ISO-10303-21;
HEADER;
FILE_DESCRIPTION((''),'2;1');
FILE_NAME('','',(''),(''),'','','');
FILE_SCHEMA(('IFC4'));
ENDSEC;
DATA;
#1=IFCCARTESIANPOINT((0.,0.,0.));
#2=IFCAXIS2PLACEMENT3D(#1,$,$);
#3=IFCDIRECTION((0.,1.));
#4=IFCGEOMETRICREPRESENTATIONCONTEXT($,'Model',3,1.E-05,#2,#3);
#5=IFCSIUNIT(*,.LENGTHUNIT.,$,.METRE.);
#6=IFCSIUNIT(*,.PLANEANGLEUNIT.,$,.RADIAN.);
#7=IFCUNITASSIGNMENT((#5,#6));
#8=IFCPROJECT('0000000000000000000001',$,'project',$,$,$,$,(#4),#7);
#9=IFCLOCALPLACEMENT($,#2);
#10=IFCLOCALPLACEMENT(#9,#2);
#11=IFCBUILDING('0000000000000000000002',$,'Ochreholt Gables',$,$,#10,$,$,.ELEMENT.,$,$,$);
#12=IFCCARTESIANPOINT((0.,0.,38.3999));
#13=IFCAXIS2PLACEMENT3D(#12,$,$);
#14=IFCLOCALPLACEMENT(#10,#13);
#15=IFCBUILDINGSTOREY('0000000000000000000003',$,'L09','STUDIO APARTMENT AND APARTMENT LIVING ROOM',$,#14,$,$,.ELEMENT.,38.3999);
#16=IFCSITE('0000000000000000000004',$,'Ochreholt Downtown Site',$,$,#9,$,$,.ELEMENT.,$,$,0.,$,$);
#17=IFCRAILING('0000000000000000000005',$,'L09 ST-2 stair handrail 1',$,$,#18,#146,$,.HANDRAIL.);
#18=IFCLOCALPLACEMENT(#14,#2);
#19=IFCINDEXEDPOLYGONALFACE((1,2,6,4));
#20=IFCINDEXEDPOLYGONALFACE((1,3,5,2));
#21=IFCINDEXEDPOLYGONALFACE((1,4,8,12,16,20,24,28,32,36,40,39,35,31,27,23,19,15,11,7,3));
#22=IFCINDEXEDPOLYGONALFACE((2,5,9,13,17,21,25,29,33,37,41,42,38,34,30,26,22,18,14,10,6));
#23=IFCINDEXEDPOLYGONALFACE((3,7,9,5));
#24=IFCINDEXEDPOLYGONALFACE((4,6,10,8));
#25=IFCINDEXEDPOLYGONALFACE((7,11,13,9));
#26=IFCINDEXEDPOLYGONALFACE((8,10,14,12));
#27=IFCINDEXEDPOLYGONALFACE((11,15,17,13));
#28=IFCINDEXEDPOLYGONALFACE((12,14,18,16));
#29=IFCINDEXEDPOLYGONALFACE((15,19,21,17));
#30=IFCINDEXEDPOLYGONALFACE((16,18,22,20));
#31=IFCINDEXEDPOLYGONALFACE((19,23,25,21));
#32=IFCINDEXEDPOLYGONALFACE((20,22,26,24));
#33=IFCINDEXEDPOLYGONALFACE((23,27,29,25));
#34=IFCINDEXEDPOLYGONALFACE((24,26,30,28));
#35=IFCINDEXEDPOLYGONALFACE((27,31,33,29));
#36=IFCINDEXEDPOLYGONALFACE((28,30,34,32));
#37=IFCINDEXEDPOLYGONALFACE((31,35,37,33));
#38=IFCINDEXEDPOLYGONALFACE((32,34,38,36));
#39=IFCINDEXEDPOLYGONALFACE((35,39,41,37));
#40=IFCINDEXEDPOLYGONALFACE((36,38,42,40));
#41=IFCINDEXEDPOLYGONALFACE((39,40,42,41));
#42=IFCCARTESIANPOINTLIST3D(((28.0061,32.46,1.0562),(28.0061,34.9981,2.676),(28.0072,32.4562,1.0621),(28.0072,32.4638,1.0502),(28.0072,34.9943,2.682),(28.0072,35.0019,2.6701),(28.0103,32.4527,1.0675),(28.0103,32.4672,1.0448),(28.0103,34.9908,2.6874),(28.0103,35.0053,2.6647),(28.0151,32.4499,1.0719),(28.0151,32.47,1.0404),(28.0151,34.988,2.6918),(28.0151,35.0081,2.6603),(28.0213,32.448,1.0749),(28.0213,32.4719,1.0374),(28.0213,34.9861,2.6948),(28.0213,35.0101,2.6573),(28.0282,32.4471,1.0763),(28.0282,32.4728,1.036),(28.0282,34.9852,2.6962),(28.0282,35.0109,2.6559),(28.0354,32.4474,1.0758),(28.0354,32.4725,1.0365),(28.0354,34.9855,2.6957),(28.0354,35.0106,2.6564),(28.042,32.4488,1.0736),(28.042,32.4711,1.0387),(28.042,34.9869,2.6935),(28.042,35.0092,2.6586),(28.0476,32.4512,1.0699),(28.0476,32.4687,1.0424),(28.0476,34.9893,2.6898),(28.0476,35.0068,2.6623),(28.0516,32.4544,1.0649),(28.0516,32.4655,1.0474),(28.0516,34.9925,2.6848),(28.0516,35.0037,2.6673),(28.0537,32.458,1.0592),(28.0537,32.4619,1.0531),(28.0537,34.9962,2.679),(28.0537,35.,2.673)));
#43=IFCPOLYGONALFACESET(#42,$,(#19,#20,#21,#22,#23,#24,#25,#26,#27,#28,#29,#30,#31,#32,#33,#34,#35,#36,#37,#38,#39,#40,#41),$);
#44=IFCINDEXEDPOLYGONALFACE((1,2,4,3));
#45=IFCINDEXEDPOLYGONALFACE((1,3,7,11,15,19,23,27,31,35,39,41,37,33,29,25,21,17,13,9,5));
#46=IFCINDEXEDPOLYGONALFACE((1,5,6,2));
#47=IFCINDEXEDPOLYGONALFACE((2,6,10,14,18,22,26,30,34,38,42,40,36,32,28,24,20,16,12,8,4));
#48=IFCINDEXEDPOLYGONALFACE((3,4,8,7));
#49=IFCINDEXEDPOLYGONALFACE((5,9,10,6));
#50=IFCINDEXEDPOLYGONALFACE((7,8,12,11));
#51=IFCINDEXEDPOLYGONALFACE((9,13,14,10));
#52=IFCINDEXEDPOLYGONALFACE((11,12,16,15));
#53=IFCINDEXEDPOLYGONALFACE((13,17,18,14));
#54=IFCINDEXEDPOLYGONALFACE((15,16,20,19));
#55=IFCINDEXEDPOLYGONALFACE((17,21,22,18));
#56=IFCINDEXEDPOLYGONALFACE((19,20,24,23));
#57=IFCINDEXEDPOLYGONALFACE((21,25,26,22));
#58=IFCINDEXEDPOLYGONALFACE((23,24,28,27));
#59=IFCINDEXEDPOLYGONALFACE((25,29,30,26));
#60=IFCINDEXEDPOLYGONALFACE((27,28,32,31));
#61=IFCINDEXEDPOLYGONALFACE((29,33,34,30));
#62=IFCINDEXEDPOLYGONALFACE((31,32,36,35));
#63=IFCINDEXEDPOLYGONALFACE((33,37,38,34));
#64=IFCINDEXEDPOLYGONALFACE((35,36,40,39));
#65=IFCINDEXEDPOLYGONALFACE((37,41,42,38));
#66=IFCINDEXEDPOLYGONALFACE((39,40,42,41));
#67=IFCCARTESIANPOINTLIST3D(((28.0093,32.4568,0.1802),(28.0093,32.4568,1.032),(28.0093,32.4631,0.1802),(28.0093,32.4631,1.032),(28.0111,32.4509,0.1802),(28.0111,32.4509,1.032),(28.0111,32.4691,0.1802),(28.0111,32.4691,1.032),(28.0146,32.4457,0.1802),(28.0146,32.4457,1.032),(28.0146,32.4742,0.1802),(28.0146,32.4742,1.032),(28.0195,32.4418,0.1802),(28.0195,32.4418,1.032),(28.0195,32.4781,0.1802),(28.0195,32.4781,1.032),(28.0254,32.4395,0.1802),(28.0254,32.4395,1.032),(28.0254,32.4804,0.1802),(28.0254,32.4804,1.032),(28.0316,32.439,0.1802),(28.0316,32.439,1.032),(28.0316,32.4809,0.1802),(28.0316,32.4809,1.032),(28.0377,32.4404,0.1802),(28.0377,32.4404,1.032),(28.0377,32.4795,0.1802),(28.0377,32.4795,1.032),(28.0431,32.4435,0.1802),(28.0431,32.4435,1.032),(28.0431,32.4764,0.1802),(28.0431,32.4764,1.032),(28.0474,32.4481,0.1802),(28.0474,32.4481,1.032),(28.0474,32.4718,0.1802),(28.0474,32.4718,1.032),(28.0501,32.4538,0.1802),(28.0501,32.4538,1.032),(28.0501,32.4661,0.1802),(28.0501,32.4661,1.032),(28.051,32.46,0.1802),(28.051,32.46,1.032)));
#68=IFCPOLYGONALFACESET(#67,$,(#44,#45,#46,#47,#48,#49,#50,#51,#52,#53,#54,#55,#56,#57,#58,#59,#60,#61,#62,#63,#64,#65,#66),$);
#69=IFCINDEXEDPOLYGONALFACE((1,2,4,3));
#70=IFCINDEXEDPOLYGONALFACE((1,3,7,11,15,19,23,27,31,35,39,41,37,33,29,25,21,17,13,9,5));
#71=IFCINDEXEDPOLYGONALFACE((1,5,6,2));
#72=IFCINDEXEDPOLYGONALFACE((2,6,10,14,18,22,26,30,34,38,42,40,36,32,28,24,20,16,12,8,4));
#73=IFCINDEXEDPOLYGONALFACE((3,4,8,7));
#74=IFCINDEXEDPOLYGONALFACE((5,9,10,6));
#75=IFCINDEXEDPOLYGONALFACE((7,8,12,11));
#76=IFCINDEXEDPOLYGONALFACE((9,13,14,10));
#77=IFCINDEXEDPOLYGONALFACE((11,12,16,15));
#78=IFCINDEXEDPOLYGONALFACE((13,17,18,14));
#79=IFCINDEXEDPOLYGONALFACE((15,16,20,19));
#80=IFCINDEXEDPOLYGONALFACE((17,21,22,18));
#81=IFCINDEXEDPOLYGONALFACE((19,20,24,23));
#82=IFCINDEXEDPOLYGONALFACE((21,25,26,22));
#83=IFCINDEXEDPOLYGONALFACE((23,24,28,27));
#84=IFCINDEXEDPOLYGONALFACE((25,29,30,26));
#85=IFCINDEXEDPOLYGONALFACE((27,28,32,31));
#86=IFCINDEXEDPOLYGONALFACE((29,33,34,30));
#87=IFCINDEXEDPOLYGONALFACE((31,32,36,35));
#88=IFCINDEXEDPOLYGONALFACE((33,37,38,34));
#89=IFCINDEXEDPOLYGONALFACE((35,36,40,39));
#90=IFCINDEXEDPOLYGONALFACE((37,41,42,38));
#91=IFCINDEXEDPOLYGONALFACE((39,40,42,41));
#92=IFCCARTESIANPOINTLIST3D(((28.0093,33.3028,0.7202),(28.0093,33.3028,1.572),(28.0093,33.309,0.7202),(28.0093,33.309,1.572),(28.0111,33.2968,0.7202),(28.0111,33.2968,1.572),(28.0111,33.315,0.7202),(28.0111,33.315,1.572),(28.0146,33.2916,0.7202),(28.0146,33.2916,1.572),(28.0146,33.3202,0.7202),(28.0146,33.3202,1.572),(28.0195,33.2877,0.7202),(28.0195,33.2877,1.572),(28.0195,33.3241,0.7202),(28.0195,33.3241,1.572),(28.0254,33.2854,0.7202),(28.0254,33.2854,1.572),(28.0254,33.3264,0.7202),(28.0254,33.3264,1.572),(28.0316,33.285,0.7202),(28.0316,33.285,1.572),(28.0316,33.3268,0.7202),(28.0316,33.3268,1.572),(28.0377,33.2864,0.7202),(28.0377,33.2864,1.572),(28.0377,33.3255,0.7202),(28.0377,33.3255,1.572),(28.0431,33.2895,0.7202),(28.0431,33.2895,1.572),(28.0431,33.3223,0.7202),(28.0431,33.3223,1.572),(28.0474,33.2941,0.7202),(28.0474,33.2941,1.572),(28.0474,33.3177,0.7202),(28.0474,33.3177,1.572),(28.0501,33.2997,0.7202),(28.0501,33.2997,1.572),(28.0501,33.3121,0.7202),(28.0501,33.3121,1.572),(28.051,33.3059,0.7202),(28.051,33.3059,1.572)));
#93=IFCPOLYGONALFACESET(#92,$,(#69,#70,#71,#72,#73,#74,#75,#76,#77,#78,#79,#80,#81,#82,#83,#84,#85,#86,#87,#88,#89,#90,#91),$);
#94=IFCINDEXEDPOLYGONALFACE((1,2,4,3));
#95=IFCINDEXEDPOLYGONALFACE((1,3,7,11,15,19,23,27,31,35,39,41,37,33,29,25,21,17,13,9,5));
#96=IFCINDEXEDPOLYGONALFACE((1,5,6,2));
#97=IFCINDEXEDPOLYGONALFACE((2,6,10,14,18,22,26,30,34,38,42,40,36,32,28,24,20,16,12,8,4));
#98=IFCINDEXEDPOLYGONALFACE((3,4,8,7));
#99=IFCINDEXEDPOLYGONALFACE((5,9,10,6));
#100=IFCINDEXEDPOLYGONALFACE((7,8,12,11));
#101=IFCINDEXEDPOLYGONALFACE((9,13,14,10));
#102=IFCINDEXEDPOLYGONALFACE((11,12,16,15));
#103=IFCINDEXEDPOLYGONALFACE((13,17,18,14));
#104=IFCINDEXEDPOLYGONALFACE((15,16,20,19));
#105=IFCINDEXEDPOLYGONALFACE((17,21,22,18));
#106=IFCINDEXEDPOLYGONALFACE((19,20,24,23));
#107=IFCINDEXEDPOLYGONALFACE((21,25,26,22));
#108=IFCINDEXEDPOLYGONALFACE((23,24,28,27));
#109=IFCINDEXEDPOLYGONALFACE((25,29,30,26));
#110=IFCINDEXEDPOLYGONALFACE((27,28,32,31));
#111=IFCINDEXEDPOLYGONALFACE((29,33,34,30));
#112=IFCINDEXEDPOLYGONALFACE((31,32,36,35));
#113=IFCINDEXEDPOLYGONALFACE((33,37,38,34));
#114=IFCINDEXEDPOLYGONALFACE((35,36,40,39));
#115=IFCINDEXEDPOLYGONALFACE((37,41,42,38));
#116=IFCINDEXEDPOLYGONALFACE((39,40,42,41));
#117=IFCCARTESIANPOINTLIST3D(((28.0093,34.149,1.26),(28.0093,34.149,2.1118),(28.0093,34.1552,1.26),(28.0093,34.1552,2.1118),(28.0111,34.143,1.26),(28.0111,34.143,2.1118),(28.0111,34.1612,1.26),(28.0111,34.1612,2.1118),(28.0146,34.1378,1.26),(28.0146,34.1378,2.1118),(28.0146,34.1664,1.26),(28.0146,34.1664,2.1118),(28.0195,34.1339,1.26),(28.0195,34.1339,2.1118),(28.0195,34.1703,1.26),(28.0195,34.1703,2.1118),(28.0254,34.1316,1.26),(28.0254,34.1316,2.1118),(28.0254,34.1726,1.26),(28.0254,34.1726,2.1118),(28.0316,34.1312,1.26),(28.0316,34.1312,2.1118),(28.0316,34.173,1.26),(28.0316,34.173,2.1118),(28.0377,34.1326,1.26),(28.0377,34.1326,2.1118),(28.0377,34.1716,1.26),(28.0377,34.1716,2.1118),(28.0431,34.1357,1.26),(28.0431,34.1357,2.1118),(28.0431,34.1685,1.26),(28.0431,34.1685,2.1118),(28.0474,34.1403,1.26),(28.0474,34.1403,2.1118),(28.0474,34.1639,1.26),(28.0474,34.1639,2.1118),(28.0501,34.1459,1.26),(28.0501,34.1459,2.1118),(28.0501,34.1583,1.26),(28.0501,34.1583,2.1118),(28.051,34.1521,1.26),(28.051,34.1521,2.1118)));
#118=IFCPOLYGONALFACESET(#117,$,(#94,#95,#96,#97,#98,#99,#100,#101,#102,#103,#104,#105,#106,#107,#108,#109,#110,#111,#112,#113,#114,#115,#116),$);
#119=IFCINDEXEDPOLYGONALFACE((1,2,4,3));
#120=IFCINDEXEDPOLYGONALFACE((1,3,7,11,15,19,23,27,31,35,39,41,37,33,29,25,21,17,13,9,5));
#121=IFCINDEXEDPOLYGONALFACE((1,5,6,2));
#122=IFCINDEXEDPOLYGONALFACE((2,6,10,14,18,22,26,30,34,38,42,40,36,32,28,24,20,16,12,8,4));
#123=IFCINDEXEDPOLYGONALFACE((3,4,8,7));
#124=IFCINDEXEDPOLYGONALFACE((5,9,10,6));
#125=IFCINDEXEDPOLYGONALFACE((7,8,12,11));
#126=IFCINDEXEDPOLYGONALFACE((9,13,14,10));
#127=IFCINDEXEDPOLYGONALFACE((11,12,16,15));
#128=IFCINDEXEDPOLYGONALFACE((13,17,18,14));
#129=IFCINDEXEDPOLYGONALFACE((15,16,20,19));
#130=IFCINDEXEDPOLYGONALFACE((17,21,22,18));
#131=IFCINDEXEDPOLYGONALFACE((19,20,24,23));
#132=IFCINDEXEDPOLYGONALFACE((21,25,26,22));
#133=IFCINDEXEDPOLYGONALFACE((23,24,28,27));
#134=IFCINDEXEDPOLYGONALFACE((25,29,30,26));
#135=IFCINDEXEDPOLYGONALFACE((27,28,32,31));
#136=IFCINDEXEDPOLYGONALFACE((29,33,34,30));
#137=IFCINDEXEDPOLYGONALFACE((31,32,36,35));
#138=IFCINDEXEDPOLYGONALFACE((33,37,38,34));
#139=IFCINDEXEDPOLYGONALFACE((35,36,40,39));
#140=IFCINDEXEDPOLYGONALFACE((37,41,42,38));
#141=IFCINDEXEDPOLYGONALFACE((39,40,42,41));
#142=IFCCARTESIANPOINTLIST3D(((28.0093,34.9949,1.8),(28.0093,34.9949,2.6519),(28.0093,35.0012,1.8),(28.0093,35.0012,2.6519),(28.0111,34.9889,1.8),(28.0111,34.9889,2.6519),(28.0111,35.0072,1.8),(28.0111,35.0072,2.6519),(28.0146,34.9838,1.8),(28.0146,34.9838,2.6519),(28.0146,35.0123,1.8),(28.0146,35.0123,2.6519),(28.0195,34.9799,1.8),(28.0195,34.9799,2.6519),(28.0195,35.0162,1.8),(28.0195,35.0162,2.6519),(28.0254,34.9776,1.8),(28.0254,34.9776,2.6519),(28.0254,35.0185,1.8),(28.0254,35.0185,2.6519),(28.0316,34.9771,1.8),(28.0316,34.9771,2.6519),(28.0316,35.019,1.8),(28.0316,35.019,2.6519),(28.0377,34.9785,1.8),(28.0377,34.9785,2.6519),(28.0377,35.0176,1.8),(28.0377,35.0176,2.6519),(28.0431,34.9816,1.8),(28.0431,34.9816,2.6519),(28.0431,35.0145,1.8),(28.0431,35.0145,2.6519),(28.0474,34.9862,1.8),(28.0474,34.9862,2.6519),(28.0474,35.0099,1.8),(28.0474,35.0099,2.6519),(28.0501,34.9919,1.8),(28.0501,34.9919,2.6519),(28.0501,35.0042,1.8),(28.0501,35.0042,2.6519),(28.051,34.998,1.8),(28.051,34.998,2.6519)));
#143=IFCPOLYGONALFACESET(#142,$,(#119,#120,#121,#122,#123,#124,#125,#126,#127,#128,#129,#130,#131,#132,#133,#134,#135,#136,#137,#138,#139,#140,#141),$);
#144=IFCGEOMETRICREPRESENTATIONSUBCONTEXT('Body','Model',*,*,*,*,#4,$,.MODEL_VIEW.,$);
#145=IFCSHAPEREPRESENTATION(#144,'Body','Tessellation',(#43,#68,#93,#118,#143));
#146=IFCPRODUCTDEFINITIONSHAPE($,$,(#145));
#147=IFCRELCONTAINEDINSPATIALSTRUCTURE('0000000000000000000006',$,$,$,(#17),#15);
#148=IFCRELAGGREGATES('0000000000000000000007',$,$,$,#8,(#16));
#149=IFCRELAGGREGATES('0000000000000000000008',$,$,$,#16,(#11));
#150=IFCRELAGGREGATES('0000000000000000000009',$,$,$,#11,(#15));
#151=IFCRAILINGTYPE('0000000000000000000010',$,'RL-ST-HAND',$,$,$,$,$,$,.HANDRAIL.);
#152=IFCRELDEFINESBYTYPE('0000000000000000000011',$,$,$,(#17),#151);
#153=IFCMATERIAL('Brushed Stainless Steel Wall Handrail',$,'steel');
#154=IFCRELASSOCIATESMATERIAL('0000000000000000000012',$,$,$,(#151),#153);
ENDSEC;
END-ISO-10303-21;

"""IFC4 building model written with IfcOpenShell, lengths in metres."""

from ifc_helpers import new_model, si_unit, direction, frame, origin, origin_2d, place, context, subcontext, project, spatial, circle, extrude, material, type_object, element, save


model = new_model("IFC4")

# Units and contexts
model_context = context("Model", 3, precision=1e-05, world=origin(), true_north=direction((0.0, 1.0)))
body_context = subcontext(model_context, "Body", "Model", "MODEL_VIEW")
ifc_project = project(units=[si_unit("LENGTHUNIT", "METRE"), si_unit("PLANEANGLEUNIT", "RADIAN")], contexts=[model_context])

# Site, building, storey
site_placement = place(None, origin())
site = spatial("IfcSite", under=ifc_project, at=site_placement, Name="Ochreholt Downtown Site", CompositionType="ELEMENT", RefElevation=0.0)
building_placement = place(site_placement, origin())
building = spatial("IfcBuilding", under=site, at=building_placement, Name="Ochreholt Gables", CompositionType="ELEMENT")
storey_placement = place(building_placement, frame((0.0, 0.0, 38.3999)))
storey = spatial("IfcBuildingStorey", under=building, at=storey_placement, Name="L09", Description="STUDIO APARTMENT AND APARTMENT LIVING ROOM", CompositionType="ELEMENT", Elevation=38.3999)

# Railing
ifc_material_1 = material(Name="Brushed Stainless Steel Wall Handrail", Category="steel")
railing_type_1 = type_object("IfcRailingType", Name="RL-ST-HAND", PredefinedType="HANDRAIL", material=ifc_material_1)
railing_1_placement = place(storey_placement, frame((28.03, 32.46, 0.1802)))
element("IfcRailing", 1, at=railing_1_placement, inside=storey, type_object=railing_type_1, Name="L09 ST-2 stair handrail 1", PredefinedType="HANDRAIL", context=body_context, shape_type="SweptSolid", body=[
    extrude(circle(Radius=0.0239, at=origin_2d()), frame((0.0, 0.0, 0.876), z_axis=(0.0, 0.84295, 0.537993), x_axis=(-1.0, 0.0, 0.0)), (0.0, 0.0, 1.0), 3.011),
    extrude(circle(Radius=0.021, at=origin_2d()), origin(), (0.0, 0.0, 1.0), 0.8518),
    extrude(circle(Radius=0.021, at=origin_2d()), frame((0.0, 0.8459, 0.54)), (0.0, 0.0, 1.0), 0.8518),
    extrude(circle(Radius=0.021, at=origin_2d()), frame((0.0, 1.6921, 1.0798)), (0.0, 0.0, 1.0), 0.8518),
    extrude(circle(Radius=0.021, at=origin_2d()), frame((0.0, 2.5381, 1.6199)), (0.0, 0.0, 1.0), 0.8518),
])

save(model, "model.ifc")
